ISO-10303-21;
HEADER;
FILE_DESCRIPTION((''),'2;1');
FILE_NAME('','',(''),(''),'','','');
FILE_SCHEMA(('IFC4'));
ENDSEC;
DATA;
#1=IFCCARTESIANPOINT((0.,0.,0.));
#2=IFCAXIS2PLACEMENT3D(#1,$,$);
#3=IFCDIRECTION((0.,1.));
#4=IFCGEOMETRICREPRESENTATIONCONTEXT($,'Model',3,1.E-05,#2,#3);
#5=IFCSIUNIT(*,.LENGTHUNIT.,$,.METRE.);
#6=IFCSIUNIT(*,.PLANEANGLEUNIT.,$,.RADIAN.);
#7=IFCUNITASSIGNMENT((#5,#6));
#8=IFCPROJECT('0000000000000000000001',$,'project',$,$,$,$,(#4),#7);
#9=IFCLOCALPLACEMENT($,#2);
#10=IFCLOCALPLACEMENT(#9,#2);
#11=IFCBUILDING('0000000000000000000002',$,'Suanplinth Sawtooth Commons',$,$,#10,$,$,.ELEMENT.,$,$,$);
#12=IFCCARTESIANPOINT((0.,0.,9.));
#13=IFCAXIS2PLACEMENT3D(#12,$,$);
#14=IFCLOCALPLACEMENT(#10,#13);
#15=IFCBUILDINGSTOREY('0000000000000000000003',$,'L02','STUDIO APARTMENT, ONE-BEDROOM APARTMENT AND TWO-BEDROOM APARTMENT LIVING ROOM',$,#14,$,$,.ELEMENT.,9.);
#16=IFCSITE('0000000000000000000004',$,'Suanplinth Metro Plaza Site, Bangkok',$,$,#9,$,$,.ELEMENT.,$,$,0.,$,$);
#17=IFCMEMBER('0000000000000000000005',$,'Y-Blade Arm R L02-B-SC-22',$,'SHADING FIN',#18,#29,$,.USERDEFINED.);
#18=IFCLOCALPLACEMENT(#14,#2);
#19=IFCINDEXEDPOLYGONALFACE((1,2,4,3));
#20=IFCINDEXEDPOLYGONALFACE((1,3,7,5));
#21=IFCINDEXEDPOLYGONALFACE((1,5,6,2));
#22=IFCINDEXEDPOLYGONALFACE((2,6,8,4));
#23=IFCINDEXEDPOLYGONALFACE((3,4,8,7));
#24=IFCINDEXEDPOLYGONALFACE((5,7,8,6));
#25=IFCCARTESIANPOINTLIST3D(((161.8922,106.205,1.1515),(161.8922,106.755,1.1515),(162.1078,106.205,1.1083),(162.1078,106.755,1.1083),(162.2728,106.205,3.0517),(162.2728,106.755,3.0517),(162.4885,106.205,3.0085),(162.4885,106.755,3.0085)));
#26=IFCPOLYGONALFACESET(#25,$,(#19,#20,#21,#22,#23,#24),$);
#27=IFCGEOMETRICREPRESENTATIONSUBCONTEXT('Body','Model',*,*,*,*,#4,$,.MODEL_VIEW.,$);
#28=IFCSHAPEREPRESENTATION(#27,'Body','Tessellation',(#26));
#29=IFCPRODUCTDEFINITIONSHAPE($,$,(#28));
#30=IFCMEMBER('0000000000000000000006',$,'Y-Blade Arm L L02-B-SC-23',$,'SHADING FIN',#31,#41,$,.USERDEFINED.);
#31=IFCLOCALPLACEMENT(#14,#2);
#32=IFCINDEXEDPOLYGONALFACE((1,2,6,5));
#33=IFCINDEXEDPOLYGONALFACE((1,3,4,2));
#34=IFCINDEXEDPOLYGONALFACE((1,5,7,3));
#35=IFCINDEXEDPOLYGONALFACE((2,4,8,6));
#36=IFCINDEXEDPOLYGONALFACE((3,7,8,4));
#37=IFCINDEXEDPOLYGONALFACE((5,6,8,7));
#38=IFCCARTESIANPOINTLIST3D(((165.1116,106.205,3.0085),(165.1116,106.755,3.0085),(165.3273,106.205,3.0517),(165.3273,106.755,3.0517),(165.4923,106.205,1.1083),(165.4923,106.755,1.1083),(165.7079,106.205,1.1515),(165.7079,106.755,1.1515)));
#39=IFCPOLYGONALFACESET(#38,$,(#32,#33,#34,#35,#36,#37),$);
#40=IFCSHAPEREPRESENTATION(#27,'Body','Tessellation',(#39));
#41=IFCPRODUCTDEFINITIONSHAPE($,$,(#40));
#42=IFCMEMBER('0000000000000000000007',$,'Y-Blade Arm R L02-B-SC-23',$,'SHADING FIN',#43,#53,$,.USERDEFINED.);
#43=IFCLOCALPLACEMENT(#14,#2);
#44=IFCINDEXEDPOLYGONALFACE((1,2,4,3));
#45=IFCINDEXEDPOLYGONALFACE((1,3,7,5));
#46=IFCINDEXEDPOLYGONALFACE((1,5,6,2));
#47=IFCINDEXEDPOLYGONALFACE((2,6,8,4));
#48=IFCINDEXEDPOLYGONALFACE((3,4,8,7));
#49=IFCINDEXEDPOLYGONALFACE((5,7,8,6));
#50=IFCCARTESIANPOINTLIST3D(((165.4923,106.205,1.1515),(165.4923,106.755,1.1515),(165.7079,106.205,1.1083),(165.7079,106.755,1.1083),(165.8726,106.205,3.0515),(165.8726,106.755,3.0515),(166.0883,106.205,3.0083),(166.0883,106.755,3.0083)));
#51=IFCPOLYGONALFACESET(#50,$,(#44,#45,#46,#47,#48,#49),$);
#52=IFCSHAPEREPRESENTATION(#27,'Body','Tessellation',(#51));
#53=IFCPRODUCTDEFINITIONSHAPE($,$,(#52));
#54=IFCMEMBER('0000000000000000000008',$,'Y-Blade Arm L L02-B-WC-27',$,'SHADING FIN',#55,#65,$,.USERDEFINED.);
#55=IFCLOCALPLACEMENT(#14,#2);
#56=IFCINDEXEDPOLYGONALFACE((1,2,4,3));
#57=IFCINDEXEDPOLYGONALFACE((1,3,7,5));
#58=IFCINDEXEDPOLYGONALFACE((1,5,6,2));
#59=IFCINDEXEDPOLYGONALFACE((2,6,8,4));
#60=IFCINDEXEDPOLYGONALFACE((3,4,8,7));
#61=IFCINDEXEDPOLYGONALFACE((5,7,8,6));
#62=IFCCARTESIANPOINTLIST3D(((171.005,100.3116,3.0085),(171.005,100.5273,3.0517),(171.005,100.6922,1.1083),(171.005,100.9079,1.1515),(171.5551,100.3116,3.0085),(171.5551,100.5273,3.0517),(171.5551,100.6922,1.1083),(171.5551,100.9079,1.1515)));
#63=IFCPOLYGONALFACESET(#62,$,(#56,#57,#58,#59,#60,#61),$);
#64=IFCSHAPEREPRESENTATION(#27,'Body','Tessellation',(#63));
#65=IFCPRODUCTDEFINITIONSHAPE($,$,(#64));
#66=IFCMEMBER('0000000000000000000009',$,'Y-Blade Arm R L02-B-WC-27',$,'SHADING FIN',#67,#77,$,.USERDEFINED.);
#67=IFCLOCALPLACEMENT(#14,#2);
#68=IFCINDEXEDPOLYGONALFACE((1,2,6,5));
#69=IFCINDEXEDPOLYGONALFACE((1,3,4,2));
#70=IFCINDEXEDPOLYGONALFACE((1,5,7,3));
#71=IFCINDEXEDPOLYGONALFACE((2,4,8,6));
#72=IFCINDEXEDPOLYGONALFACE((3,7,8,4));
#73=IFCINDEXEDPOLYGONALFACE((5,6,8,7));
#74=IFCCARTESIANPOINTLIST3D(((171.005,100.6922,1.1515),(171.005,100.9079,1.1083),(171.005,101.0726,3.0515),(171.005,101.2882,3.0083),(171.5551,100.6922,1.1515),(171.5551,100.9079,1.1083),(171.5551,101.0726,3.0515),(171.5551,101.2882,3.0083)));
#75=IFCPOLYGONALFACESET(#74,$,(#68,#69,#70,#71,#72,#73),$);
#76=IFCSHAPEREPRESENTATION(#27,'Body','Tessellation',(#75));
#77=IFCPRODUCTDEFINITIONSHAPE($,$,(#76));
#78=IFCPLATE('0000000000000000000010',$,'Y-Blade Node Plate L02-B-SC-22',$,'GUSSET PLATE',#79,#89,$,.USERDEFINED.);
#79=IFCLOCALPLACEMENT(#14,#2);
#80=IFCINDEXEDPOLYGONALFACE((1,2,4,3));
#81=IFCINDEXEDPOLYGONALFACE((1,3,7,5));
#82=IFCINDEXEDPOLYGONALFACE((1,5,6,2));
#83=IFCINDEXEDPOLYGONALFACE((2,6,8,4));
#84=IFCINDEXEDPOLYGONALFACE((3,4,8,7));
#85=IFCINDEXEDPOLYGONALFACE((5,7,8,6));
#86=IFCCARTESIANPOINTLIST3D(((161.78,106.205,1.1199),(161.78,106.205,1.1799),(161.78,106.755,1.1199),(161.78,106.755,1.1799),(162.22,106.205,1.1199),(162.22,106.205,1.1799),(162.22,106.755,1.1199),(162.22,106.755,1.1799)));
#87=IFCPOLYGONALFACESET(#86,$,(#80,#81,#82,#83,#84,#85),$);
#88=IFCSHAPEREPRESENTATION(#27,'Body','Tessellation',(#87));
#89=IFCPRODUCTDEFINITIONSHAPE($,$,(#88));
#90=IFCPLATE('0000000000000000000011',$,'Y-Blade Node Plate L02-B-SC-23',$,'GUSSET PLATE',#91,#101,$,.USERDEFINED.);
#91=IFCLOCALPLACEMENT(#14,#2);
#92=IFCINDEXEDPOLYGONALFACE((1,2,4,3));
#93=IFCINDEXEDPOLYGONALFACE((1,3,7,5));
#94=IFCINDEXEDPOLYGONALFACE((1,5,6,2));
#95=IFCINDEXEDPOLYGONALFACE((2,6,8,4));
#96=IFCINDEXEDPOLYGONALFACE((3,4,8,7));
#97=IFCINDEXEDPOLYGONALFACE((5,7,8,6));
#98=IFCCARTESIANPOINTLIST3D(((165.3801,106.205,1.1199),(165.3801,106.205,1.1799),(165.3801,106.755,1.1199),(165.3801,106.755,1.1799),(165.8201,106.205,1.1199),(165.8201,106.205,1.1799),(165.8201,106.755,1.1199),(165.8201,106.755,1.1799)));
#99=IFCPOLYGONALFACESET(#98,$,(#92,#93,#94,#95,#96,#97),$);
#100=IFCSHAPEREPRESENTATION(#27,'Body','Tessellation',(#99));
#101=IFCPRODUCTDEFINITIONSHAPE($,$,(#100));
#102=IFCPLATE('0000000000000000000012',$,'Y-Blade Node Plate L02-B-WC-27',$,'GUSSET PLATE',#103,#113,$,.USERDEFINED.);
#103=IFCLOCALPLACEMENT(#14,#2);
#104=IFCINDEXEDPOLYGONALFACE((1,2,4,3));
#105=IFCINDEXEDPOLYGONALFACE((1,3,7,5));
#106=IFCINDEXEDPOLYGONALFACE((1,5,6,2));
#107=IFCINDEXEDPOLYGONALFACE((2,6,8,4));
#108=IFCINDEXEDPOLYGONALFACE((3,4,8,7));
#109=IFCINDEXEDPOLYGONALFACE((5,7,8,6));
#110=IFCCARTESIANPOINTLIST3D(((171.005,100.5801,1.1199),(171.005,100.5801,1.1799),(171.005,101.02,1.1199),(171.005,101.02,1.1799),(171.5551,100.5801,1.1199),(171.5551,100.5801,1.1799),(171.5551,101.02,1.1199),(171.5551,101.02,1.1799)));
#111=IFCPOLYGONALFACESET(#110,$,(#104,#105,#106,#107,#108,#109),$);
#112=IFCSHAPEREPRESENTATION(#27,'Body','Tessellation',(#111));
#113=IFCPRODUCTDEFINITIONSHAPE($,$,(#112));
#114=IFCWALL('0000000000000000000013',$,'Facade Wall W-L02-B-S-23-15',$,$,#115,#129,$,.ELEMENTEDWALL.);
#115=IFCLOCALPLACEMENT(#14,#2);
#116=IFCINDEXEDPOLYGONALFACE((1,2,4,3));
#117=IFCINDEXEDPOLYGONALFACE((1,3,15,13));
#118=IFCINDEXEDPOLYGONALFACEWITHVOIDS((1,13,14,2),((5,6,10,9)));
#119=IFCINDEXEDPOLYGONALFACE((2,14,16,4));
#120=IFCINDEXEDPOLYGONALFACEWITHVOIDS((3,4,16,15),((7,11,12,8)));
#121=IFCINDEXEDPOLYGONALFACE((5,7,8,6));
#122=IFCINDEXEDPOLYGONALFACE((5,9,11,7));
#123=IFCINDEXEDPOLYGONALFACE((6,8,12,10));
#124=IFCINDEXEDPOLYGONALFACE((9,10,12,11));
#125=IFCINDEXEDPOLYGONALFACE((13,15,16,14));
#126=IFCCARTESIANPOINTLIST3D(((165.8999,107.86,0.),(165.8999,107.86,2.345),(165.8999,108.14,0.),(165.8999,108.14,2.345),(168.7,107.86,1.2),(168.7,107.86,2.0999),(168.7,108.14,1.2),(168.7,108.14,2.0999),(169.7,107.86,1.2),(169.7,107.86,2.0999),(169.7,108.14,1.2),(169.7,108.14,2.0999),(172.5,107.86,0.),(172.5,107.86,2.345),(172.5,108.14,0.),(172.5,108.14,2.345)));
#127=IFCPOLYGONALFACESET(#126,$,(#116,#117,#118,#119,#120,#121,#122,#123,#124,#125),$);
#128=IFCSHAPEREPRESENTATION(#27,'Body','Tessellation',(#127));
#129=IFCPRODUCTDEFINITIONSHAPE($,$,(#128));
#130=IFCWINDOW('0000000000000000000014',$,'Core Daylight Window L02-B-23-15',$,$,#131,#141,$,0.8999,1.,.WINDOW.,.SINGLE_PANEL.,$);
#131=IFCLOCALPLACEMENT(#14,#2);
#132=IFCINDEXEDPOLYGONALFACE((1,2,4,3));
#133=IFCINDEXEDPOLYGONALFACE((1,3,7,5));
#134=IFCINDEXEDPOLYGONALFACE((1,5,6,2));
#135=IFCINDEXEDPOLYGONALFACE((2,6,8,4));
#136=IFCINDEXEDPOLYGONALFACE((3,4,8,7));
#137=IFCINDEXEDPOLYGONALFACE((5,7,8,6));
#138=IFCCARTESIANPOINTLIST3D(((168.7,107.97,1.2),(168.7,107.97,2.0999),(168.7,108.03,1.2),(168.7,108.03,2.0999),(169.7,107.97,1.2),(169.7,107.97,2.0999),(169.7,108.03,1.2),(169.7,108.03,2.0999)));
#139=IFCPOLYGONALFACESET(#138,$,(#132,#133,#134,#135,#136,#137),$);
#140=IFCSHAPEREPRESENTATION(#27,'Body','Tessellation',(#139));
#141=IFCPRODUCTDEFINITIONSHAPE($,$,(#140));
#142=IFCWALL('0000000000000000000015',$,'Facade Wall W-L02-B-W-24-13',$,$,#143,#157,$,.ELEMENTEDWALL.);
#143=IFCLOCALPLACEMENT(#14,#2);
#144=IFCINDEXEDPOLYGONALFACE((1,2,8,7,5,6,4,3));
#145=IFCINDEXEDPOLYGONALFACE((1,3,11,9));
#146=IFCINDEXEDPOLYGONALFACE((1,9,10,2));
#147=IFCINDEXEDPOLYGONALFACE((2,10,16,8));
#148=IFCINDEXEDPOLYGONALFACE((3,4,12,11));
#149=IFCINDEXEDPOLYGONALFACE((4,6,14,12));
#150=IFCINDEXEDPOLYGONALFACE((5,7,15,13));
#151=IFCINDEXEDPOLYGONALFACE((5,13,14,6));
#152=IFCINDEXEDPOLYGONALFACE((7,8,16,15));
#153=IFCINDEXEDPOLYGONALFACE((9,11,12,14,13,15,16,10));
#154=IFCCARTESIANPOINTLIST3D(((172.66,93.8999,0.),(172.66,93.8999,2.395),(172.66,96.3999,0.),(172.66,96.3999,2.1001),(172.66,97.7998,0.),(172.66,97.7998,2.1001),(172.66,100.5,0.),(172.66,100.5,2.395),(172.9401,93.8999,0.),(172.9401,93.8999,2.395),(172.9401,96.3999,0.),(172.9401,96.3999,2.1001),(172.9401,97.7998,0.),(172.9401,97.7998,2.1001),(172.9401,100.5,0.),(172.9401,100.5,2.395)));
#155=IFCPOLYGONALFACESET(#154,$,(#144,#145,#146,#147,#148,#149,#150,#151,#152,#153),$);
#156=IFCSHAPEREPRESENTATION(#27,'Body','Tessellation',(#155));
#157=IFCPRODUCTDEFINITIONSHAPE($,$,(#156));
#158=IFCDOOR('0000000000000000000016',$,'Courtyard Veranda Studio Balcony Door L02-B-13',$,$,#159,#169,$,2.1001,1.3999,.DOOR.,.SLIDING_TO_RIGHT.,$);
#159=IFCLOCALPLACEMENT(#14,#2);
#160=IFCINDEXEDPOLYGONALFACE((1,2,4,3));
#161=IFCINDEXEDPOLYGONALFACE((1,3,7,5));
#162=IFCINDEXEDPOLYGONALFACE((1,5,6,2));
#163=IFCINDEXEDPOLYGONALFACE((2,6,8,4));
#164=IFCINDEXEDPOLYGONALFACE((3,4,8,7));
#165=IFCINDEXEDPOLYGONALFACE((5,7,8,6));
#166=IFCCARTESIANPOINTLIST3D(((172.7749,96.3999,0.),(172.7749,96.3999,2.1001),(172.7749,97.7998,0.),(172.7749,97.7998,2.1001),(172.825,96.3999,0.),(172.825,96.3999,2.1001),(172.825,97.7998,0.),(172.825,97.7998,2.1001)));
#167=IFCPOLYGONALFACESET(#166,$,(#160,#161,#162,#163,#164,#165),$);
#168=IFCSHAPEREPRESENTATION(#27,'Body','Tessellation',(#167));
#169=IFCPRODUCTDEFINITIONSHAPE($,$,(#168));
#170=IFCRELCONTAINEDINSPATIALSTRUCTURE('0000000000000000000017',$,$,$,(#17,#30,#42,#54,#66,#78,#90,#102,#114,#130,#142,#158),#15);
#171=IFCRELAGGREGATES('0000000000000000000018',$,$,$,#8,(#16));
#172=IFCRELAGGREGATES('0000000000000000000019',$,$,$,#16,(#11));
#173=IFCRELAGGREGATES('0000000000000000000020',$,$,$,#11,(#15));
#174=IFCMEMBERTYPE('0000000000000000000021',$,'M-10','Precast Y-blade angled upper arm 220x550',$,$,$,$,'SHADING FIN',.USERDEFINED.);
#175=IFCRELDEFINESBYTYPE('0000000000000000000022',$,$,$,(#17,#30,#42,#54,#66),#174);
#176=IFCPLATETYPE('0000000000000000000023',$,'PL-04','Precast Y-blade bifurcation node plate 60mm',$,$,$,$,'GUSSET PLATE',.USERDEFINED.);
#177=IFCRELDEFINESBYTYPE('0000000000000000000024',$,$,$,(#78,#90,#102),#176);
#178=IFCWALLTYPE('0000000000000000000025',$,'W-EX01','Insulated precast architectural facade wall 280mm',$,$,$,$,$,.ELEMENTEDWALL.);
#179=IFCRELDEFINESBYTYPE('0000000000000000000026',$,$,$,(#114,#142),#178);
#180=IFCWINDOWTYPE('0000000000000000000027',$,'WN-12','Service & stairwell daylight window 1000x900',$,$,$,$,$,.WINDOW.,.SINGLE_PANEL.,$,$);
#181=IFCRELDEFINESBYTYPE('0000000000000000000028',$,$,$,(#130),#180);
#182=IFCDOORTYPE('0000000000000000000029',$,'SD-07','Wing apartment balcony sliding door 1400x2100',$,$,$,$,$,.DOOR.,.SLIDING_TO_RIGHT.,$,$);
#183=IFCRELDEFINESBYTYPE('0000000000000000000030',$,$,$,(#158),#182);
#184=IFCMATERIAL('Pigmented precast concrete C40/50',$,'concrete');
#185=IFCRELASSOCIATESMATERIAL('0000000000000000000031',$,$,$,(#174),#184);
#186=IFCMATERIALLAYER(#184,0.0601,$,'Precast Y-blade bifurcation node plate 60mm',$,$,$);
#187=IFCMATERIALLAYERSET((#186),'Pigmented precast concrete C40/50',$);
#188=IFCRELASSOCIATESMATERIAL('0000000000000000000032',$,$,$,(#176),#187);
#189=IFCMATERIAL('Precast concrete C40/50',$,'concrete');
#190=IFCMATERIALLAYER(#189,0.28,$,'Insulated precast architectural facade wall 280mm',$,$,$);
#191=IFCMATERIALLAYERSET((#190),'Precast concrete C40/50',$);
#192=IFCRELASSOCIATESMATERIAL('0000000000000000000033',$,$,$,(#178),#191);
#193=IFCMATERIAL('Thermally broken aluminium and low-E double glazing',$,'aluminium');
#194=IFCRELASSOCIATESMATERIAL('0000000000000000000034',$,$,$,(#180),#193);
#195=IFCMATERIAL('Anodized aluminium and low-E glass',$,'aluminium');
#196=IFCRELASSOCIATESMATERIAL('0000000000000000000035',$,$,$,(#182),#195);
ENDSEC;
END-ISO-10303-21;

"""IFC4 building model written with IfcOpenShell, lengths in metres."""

from ifc_helpers import new_model, si_unit, direction, frame, frame_2d, origin, origin_2d, place, context, subcontext, project, spatial, rectangle, extrude, material, layer, layer_set, material_profile, profile_set, type_object, element, fill, save


model = new_model("IFC4")

# Units and contexts
model_context = context("Model", 3, precision=1e-05, world=origin(), true_north=direction((0.0, 1.0)))
body_context = subcontext(model_context, "Body", "Model", "MODEL_VIEW")
ifc_project = project(units=[si_unit("LENGTHUNIT", "METRE"), si_unit("PLANEANGLEUNIT", "RADIAN")], contexts=[model_context])

# Site, building, storey
site_placement = place(None, origin())
site = spatial("IfcSite", under=ifc_project, at=site_placement, Name="Suanplinth Metro Plaza Site, Bangkok", CompositionType="ELEMENT", RefElevation=0.0)
building_placement = place(site_placement, origin())
building = spatial("IfcBuilding", under=site, at=building_placement, Name="Suanplinth Sawtooth Commons", CompositionType="ELEMENT")
storey_placement = place(building_placement, frame((0.0, 0.0, 9.0)))
storey = spatial("IfcBuildingStorey", under=building, at=storey_placement, Name="L02", Description="STUDIO APARTMENT, ONE-BEDROOM APARTMENT AND TWO-BEDROOM APARTMENT LIVING ROOM", CompositionType="ELEMENT", Elevation=9.0)

# Shared definitions
ifc_material_1 = material(Name="Precast concrete C40/50", Category="concrete")

# Members
ifc_material_2 = material(Name="Pigmented precast concrete C40/50", Category="concrete")
ifc_material_profile_1 = material_profile(ifc_material_2, rectangle(XDim=0.22, YDim=0.55, at=origin_2d()), Name="PC-FIN 220x550")
ifc_profile_set_1 = profile_set([ifc_material_profile_1], Name="Pigmented precast concrete C40/50")
member_type_1 = type_object("IfcMemberType", Name="M-10", Description="Precast Y-blade angled upper arm 220x550", ElementType="SHADING FIN", PredefinedType="USERDEFINED", material=ifc_profile_set_1)
for number, where, z_axis, x_axis, name in (
    (1, (162.0, 106.48, 1.1299), (0.196407, 0.0, 0.980522), (-0.980522, 0.0, 0.196407), "Y-Blade Arm R L02-B-SC-22"),
    (2, (165.6001, 106.48, 1.1299), (-0.196407, 0.0, 0.980522), (0.980522, 0.0, 0.196407), "Y-Blade Arm L L02-B-SC-23"),
):
    element("IfcMember", number, at=place(storey_placement, frame(where, z_axis=z_axis, x_axis=x_axis)), inside=storey, type_object=member_type_1, Name=name, ObjectType="SHADING FIN", PredefinedType="USERDEFINED", context=body_context, shape_type="SweptSolid", body=[
        extrude(rectangle(XDim=0.22, YDim=0.55, at=origin_2d()), origin(), (0.0, 0.0, 1.0), 1.938),
    ])
member_1_placement = place(storey_placement, frame((165.6001, 106.48, 1.1299), z_axis=(0.196286, 0.0, 0.980547), x_axis=(-0.980547, 0.0, 0.196286)))
element("IfcMember", 3, at=member_1_placement, inside=storey, type_object=member_type_1, Name="Y-Blade Arm R L02-B-SC-23", ObjectType="SHADING FIN", PredefinedType="USERDEFINED", context=body_context, shape_type="SweptSolid", body=[
    extrude(rectangle(XDim=0.22, YDim=0.55, at=origin_2d()), origin(), (0.0, 0.0, 1.0), 1.9377),
])
member_2_placement = place(storey_placement, frame((171.28, 100.8, 1.1299), z_axis=(0.0, -0.196407, 0.980522), x_axis=(0.0, 0.980522, 0.196407)))
element("IfcMember", 4, at=member_2_placement, inside=storey, type_object=member_type_1, Name="Y-Blade Arm L L02-B-WC-27", ObjectType="SHADING FIN", PredefinedType="USERDEFINED", context=body_context, shape_type="SweptSolid", body=[
    extrude(rectangle(XDim=0.22, YDim=0.55, at=origin_2d()), origin(), (0.0, 0.0, 1.0), 1.938),
])
member_3_placement = place(storey_placement, frame((171.28, 100.8, 1.1299), z_axis=(0.0, 0.196286, 0.980547), x_axis=(0.0, -0.980547, 0.196286)))
element("IfcMember", 5, at=member_3_placement, inside=storey, type_object=member_type_1, Name="Y-Blade Arm R L02-B-WC-27", ObjectType="SHADING FIN", PredefinedType="USERDEFINED", context=body_context, shape_type="SweptSolid", body=[
    extrude(rectangle(XDim=0.22, YDim=0.55, at=origin_2d()), origin(), (0.0, 0.0, 1.0), 1.9377),
])

# Plates
ifc_layer_1 = layer(ifc_material_2, 0.0601, Name="Precast Y-blade bifurcation node plate 60mm")
ifc_layer_set_1 = layer_set([ifc_layer_1], Name="Pigmented precast concrete C40/50")
plate_type = type_object("IfcPlateType", Name="PL-04", Description="Precast Y-blade bifurcation node plate 60mm", ElementType="GUSSET PLATE", PredefinedType="USERDEFINED", material=ifc_layer_set_1)
for number, where, z_axis, x_axis, name in (
    (6, (162.0, 106.48, 1.1199), (0.0, 0.0, 1.0), (1.0, 0.0, 0.0), "Y-Blade Node Plate L02-B-SC-22"),
    (7, (165.6001, 106.48, 1.1199), (0.0, 0.0, 1.0), (1.0, 0.0, 0.0), "Y-Blade Node Plate L02-B-SC-23"),
    (8, (171.28, 100.8, 1.1199), (0.0, 0.0, 1.0), (0.0, 1.0, 0.0), "Y-Blade Node Plate L02-B-WC-27"),
):
    element("IfcPlate", number, at=place(storey_placement, frame(where, z_axis=z_axis, x_axis=x_axis)), inside=storey, type_object=plate_type, Name=name, ObjectType="GUSSET PLATE", PredefinedType="USERDEFINED", context=body_context, shape_type="SweptSolid", body=[
        extrude(rectangle(XDim=0.4399, YDim=0.55, at=origin_2d()), origin(), (0.0, 0.0, 1.0), 0.0601),
    ])

# Wall, opening, window
ifc_layer_2 = layer(ifc_material_1, 0.28, Name="Insulated precast architectural facade wall 280mm")
ifc_layer_set_2 = layer_set([ifc_layer_2], Name="Precast concrete C40/50")
wall_type_1 = type_object("IfcWallType", Name="W-EX01", Description="Insulated precast architectural facade wall 280mm", PredefinedType="ELEMENTEDWALL", material=ifc_layer_set_2)
wall_1_placement = place(storey_placement, frame((165.8999, 108.0, 0.0), z_axis=(0.0, 0.0, 1.0), x_axis=(1.0, 0.0, 0.0)))
wall_1 = element("IfcWall", 9, at=wall_1_placement, inside=storey, type_object=wall_type_1, Name="Facade Wall W-L02-B-S-23-15", PredefinedType="ELEMENTEDWALL", context=body_context, shape_type="SweptSolid", body=[
    extrude(rectangle(XDim=6.6001, YDim=0.28, at=frame_2d((3.3, 0.0))), origin(), (0.0, 0.0, 1.0), 2.345),
])
opening_1_placement = place(wall_1_placement, frame((2.8, 0.0, 1.2)))
opening_1 = element("IfcOpeningElement", 10, at=opening_1_placement, cuts=wall_1, PredefinedType="OPENING", context=body_context, shape_type="SweptSolid", body=[
    extrude(rectangle(XDim=1.0, YDim=0.8999, at=frame_2d((0.5, 0.45))), frame((0.0, 0.1548, 0.0), z_axis=(0.0, -1.0, 0.0), x_axis=(1.0, 0.0, 0.0)), (0.0, 0.0, 1.0), 0.3098),
])
ifc_material_3 = material(Name="Thermally broken aluminium and low-E double glazing", Category="aluminium")
window_type = type_object("IfcWindowType", Name="WN-12", Description="Service & stairwell daylight window 1000x900", PartitioningType="SINGLE_PANEL", PredefinedType="WINDOW", material=ifc_material_3)
window_placement = place(opening_1_placement, origin())
window = element("IfcWindow", 11, at=window_placement, inside=storey, type_object=window_type, Name="Core Daylight Window L02-B-23-15", OverallHeight=0.8999, OverallWidth=1.0, PartitioningType="SINGLE_PANEL", PredefinedType="WINDOW", context=body_context, shape_type="SweptSolid", body=[
    extrude(rectangle(XDim=1.0, YDim=0.8999, at=frame_2d((0.5, 0.45))), frame((0.0, 0.03, 0.0), z_axis=(0.0, -1.0, 0.0), x_axis=(1.0, 0.0, 0.0)), (0.0, 0.0, 1.0), 0.0601),
])
fill(opening_1, window)

# Wall, opening, door
wall_2_placement = place(storey_placement, frame((172.8, 93.8999, 0.0), z_axis=(0.0, 0.0, 1.0), x_axis=(0.0, 1.0, 0.0)))
wall_2 = element("IfcWall", 12, at=wall_2_placement, inside=storey, type_object=wall_type_1, Name="Facade Wall W-L02-B-W-24-13", PredefinedType="ELEMENTEDWALL", context=body_context, shape_type="SweptSolid", body=[
    extrude(rectangle(XDim=6.6001, YDim=0.28, at=frame_2d((3.3, 0.0))), origin(), (0.0, 0.0, 1.0), 2.395),
])
opening_2_placement = place(wall_2_placement, frame((2.5, 0.0, 0.0)))
opening_2 = element("IfcOpeningElement", 13, at=opening_2_placement, cuts=wall_2, PredefinedType="OPENING", context=body_context, shape_type="SweptSolid", body=[
    extrude(rectangle(XDim=1.3999, YDim=2.1001, at=frame_2d((0.7, 1.05))), frame((0.0, 0.1548, 0.0), z_axis=(0.0, -1.0, 0.0), x_axis=(1.0, 0.0, 0.0)), (0.0, 0.0, 1.0), 0.3098),
])
ifc_material_4 = material(Name="Anodized aluminium and low-E glass", Category="aluminium")
door_type_1 = type_object("IfcDoorType", Name="SD-07", Description="Wing apartment balcony sliding door 1400x2100", OperationType="SLIDING_TO_RIGHT", PredefinedType="DOOR", material=ifc_material_4)
door_1_placement = place(opening_2_placement, frame((1.3999, 0.0, 0.0), z_axis=(0.0, 0.0, 1.0), x_axis=(-1.0, 0.0, 0.0)))
door_1 = element("IfcDoor", 14, at=door_1_placement, inside=storey, type_object=door_type_1, Name="Courtyard Veranda Studio Balcony Door L02-B-13", OperationType="SLIDING_TO_RIGHT", OverallHeight=2.1001, OverallWidth=1.3999, PredefinedType="DOOR", context=body_context, shape_type="SweptSolid", body=[
    extrude(rectangle(XDim=1.3999, YDim=2.1001, at=frame_2d((0.7, 1.05))), frame((0.0, 0.0249, 0.0), z_axis=(0.0, -1.0, 0.0), x_axis=(1.0, 0.0, 0.0)), (0.0, 0.0, 1.0), 0.05),
])
fill(opening_2, door_1)

save(model, "model.ifc")
